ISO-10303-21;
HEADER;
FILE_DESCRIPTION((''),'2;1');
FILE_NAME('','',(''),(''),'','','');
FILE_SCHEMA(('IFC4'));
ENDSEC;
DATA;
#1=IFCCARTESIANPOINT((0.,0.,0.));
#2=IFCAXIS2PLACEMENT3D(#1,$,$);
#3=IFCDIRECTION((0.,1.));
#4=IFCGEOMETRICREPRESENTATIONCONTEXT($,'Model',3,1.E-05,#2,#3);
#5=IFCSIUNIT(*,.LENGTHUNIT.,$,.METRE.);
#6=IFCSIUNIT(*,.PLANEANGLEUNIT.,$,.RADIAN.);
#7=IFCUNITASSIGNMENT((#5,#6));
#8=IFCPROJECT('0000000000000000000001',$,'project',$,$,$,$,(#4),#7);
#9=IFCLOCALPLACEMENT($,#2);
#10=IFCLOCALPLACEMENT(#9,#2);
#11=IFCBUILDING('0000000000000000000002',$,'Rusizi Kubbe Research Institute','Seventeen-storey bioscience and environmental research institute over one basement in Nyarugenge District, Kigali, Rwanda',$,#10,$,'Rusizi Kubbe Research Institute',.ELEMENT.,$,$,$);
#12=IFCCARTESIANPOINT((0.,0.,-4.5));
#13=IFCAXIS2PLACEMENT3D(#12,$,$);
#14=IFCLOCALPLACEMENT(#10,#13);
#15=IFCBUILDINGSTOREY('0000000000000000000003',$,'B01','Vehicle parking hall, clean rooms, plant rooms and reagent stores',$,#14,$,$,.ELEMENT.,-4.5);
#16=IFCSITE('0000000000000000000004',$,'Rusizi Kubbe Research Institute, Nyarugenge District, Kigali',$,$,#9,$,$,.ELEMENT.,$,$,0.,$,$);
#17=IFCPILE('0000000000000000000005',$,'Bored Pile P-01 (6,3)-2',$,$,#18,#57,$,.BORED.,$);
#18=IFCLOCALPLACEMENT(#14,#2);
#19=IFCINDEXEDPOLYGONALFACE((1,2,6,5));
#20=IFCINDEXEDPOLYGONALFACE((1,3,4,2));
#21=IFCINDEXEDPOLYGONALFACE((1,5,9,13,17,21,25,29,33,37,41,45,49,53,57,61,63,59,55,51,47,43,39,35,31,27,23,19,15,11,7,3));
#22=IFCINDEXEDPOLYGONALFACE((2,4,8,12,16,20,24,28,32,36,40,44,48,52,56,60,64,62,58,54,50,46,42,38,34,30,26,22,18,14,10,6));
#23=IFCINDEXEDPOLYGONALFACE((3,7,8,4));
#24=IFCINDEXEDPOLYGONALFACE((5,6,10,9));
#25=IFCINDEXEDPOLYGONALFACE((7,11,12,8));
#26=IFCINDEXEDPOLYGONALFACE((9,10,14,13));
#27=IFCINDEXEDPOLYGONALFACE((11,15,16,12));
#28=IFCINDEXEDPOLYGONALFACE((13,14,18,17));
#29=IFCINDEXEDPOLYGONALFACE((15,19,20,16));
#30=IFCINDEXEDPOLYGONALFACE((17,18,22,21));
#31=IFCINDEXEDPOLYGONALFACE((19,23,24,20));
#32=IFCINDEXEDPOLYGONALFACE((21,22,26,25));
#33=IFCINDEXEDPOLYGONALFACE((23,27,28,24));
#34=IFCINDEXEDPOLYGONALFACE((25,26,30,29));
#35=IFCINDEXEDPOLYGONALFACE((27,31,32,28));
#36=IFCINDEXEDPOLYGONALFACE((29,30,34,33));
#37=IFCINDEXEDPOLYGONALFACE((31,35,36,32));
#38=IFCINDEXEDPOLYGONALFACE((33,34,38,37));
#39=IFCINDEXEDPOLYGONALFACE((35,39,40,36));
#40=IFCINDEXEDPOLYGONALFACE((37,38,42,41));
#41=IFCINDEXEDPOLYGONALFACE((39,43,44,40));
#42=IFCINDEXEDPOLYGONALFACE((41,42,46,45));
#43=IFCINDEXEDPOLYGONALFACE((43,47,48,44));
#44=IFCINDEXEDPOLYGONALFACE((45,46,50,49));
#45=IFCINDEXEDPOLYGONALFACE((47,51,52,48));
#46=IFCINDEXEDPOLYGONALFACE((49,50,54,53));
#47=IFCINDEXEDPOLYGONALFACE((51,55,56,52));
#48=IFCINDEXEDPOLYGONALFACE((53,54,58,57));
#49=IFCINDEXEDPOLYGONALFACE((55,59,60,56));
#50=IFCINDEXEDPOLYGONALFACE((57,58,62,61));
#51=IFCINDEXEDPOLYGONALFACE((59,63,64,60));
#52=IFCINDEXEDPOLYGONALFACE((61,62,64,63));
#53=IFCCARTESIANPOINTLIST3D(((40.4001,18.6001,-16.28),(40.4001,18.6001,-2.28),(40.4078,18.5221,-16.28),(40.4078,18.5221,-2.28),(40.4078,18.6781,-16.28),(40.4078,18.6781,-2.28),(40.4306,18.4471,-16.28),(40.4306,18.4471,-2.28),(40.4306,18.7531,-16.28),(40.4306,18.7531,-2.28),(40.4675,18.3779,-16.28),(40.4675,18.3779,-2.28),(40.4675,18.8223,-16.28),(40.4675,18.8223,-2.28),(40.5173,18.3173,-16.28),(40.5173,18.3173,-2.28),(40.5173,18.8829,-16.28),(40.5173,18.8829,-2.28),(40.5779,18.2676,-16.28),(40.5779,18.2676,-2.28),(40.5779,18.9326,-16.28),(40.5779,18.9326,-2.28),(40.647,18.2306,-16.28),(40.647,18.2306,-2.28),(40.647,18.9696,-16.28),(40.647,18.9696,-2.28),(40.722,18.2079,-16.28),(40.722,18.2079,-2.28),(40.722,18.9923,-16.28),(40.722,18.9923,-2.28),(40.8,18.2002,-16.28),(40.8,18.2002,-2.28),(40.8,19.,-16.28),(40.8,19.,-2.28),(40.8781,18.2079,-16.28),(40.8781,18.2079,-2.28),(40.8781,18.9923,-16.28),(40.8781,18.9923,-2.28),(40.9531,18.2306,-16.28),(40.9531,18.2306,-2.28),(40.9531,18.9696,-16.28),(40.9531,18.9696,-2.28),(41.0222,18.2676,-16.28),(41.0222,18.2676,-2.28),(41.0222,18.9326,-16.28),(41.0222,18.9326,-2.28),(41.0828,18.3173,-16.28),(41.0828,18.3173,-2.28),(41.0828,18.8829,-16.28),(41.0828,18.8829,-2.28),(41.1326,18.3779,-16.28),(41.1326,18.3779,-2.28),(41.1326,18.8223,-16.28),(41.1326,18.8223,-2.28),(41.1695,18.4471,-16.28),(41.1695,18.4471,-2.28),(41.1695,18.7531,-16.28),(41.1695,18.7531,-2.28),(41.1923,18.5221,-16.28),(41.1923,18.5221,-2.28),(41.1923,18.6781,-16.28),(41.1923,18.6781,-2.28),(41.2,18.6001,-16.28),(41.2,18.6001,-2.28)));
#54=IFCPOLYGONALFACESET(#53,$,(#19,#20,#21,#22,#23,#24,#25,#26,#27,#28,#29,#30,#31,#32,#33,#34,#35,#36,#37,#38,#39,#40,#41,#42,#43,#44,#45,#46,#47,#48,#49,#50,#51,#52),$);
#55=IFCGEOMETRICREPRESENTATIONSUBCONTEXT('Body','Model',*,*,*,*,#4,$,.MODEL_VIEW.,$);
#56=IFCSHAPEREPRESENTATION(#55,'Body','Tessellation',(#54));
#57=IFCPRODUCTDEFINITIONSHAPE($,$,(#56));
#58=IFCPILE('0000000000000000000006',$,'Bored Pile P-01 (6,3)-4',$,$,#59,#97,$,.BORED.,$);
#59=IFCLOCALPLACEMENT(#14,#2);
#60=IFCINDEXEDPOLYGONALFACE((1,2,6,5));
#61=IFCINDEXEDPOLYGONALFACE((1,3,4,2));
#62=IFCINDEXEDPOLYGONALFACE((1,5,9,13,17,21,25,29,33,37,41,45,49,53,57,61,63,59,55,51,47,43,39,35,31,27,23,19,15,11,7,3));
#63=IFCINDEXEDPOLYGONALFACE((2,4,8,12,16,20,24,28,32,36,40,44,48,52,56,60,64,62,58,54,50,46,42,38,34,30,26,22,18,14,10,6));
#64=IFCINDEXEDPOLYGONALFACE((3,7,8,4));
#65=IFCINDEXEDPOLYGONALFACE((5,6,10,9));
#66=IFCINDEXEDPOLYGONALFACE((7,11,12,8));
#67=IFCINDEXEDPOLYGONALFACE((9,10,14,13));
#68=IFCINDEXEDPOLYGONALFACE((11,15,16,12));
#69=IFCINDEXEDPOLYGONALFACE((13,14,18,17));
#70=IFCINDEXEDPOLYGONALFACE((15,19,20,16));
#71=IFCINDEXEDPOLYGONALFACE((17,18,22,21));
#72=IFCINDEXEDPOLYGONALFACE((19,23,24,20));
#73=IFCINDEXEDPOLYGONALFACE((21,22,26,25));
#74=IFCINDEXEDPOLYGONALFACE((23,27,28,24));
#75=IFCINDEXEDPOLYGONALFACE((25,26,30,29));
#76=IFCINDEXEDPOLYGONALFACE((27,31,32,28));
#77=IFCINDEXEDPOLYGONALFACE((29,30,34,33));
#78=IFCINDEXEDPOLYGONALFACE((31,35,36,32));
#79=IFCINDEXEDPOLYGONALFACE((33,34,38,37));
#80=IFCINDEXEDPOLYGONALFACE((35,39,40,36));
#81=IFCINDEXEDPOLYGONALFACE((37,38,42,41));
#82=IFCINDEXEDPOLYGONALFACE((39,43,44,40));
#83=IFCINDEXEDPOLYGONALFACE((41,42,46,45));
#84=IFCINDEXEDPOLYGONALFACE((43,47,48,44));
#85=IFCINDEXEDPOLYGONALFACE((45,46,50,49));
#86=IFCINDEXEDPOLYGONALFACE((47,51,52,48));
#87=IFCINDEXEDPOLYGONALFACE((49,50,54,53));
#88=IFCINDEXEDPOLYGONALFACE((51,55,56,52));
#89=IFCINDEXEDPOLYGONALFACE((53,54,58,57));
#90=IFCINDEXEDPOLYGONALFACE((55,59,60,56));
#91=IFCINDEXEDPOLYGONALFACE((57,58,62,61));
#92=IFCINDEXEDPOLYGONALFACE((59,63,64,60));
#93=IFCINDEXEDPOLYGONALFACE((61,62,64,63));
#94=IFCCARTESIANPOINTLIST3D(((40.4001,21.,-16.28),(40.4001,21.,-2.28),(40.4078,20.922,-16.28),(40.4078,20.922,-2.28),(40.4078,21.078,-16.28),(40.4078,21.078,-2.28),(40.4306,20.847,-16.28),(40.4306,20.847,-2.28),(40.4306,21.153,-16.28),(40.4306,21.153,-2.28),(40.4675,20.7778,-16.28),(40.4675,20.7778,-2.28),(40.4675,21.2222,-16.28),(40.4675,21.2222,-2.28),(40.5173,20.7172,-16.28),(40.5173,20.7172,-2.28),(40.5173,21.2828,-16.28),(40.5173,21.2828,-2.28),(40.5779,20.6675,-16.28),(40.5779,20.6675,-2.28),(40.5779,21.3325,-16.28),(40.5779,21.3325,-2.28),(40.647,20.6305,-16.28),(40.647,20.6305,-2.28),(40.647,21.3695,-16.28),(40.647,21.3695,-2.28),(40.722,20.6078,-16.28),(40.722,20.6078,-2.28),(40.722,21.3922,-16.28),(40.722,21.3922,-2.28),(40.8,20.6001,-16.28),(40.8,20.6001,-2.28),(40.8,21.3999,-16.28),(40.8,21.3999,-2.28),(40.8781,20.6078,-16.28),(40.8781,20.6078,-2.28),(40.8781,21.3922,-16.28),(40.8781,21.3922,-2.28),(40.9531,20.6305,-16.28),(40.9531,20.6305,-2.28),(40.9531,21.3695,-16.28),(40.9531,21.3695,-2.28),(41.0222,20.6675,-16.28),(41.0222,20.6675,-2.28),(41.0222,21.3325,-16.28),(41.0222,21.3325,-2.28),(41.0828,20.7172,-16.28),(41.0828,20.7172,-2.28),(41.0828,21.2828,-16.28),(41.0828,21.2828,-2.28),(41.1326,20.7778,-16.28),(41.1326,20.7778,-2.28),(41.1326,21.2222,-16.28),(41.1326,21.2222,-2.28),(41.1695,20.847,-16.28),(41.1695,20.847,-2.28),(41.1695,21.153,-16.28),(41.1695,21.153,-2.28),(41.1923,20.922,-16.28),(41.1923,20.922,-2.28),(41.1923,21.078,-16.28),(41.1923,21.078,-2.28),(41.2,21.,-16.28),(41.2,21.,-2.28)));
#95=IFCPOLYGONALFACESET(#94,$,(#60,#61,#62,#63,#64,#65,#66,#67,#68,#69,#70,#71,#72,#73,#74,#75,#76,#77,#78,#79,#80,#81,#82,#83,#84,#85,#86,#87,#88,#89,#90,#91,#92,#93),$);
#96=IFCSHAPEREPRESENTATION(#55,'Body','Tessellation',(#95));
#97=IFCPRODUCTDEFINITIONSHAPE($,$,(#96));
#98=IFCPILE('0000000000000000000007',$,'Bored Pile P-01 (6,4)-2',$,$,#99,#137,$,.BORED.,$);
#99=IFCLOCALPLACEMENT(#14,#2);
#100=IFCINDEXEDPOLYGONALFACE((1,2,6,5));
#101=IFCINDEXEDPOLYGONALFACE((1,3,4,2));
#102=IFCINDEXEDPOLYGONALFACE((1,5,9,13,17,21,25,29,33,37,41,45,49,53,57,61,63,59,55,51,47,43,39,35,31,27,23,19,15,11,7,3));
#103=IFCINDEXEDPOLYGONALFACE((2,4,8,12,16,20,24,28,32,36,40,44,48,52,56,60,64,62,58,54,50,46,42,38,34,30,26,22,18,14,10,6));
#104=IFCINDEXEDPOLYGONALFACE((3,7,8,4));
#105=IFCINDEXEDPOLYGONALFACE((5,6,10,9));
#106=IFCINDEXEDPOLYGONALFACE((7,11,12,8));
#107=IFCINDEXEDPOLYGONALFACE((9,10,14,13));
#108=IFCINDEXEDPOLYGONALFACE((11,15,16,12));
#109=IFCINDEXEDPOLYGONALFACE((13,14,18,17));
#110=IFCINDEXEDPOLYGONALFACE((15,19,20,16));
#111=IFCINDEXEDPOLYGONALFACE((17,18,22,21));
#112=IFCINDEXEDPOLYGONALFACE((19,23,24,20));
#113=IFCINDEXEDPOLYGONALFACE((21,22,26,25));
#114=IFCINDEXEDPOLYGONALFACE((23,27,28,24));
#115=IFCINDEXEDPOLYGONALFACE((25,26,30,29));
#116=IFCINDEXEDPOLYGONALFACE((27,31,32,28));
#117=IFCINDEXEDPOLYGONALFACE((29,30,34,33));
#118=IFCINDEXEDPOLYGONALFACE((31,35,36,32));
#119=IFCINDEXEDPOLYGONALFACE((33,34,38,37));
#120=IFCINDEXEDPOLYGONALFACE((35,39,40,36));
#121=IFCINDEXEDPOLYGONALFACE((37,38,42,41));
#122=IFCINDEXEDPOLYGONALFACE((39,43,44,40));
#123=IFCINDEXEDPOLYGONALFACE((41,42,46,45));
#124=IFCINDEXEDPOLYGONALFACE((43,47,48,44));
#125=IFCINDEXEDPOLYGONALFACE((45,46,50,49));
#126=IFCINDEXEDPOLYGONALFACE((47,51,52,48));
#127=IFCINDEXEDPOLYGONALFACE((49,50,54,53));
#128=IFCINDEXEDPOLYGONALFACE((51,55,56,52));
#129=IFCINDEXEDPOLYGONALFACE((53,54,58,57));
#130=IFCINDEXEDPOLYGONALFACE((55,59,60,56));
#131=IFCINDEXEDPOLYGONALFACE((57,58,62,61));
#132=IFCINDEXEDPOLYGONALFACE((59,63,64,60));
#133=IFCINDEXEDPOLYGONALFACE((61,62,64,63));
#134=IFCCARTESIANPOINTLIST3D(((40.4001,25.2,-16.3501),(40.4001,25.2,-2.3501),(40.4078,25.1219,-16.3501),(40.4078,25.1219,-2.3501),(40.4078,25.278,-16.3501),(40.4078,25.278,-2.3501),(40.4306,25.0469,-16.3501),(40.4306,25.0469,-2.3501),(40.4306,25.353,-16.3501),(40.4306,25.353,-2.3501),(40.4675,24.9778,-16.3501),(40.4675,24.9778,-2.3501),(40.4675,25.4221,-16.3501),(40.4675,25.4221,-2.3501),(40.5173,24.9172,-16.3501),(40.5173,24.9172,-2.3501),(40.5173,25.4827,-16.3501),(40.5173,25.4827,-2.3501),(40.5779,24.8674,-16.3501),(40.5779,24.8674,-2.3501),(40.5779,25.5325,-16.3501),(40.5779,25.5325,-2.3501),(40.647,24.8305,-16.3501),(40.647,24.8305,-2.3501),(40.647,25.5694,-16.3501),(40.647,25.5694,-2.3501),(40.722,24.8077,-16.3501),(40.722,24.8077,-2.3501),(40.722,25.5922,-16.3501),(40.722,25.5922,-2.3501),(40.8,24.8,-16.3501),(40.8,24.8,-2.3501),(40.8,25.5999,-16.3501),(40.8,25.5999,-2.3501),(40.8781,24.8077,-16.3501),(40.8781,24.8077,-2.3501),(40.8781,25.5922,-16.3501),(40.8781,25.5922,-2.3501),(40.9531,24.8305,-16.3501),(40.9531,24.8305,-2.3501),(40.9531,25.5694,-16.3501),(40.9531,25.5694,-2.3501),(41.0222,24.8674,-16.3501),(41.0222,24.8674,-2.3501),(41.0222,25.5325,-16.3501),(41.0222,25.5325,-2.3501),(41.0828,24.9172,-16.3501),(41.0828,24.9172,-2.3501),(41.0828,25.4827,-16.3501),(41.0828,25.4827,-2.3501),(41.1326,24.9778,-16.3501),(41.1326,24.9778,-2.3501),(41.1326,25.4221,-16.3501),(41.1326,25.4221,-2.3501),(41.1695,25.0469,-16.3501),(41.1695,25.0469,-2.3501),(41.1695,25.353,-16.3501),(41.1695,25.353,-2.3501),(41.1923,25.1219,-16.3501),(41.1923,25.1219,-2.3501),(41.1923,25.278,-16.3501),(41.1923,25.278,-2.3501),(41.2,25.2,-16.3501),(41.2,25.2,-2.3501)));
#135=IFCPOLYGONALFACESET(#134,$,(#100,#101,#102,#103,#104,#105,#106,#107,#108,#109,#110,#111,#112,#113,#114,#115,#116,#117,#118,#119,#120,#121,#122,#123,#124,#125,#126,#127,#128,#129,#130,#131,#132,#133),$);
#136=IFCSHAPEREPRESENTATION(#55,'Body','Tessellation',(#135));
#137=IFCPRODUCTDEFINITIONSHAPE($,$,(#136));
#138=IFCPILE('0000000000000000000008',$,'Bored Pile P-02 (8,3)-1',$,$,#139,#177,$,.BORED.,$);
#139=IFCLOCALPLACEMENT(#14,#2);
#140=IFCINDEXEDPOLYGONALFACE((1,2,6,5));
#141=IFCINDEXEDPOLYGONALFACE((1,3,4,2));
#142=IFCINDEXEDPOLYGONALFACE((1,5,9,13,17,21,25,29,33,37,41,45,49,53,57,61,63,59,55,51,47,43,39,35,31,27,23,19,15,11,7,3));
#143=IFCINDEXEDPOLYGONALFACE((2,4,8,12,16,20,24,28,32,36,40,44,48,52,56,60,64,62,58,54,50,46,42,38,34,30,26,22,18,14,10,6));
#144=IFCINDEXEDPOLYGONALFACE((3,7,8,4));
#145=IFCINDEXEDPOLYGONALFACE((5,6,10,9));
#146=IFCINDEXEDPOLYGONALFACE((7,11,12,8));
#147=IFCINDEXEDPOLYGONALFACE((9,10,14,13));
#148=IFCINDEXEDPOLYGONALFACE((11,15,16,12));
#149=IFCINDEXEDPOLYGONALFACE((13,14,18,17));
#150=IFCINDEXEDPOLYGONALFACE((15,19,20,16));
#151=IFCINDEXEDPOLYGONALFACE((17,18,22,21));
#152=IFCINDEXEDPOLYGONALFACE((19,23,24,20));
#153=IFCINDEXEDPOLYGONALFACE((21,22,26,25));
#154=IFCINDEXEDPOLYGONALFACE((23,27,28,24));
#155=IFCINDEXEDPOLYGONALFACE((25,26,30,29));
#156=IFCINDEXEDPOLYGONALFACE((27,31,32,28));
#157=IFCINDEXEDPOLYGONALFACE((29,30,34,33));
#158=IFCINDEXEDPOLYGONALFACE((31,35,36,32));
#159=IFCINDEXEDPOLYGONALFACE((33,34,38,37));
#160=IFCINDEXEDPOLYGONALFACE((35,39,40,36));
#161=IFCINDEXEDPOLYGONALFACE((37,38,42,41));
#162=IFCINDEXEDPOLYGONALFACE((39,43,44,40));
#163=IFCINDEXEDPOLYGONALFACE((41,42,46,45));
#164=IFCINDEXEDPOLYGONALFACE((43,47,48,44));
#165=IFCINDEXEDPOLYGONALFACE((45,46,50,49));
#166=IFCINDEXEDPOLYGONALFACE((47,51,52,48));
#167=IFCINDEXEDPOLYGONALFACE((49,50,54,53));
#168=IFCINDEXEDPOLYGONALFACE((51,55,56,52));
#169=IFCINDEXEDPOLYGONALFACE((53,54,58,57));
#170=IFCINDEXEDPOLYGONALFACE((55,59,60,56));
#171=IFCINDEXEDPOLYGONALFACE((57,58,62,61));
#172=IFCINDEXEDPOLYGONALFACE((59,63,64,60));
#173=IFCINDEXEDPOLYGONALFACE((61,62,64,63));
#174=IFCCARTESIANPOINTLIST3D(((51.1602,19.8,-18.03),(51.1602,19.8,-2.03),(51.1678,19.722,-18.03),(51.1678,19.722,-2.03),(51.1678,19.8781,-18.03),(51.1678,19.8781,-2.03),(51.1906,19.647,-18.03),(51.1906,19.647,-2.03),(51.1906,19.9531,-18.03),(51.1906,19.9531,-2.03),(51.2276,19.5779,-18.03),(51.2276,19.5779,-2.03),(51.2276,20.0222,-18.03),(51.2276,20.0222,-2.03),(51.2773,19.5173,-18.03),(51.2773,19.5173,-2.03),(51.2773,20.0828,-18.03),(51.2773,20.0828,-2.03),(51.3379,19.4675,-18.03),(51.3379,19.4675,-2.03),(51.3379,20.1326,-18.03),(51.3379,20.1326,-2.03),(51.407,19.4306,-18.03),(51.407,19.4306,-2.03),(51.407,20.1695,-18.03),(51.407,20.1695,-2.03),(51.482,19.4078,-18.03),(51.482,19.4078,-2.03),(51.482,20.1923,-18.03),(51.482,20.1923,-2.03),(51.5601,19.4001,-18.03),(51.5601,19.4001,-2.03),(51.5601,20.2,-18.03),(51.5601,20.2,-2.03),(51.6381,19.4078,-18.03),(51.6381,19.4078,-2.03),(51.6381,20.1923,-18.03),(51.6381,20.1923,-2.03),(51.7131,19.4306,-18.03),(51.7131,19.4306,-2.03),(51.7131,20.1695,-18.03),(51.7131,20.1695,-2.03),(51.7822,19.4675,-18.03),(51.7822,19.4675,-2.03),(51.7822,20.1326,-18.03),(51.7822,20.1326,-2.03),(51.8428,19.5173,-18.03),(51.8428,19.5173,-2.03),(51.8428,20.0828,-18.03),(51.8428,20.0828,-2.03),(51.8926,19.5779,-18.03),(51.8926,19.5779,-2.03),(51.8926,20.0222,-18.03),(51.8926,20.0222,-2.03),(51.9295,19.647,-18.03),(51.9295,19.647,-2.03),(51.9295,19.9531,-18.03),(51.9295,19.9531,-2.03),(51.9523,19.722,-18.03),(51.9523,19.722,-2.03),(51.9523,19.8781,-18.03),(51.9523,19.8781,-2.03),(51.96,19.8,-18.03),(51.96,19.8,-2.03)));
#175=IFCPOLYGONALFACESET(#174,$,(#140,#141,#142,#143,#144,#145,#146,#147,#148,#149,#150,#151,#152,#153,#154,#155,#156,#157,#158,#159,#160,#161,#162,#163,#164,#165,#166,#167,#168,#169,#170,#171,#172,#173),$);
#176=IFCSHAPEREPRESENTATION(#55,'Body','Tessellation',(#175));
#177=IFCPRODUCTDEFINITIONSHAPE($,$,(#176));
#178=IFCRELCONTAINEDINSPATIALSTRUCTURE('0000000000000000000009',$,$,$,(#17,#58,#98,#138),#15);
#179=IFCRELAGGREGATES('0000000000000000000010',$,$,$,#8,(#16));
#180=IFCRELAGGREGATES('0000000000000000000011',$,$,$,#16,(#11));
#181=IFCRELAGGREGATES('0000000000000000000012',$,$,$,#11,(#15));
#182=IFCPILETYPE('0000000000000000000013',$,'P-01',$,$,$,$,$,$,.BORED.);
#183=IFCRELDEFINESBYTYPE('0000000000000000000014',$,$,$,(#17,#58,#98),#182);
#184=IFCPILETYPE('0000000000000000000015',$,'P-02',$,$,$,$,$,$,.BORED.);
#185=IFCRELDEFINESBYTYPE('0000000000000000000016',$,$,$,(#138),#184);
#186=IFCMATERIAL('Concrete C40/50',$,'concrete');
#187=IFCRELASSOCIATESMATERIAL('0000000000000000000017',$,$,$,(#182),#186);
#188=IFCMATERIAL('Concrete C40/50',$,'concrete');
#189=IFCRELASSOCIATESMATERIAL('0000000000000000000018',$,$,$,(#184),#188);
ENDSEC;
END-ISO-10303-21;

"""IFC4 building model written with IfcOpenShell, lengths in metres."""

from ifc_helpers import new_model, si_unit, direction, frame, origin, origin_2d, place, context, subcontext, project, spatial, circle, extrude, material, material_profile, profile_set, type_object, element, save


model = new_model("IFC4")

# Units and contexts
model_context = context("Model", 3, precision=1e-05, world=origin(), true_north=direction((0.0, 1.0)))
body_context = subcontext(model_context, "Body", "Model", "MODEL_VIEW")
ifc_project = project(units=[si_unit("LENGTHUNIT", "METRE"), si_unit("PLANEANGLEUNIT", "RADIAN")], contexts=[model_context])

# Site, building, storey
site_placement = place(None, origin())
site = spatial("IfcSite", under=ifc_project, at=site_placement, Name="Rusizi Kubbe Research Institute, Nyarugenge District, Kigali", CompositionType="ELEMENT", RefElevation=0.0)
building_placement = place(site_placement, origin())
building = spatial("IfcBuilding", under=site, at=building_placement, Name="Rusizi Kubbe Research Institute", Description="Seventeen-storey bioscience and environmental research institute over one basement in Nyarugenge District, Kigali, Rwanda", LongName="Rusizi Kubbe Research Institute", CompositionType="ELEMENT")
storey_placement = place(building_placement, frame((0.0, 0.0, -4.5)))
storey = spatial("IfcBuildingStorey", under=building, at=storey_placement, Name="B01", Description="Vehicle parking hall, clean rooms, plant rooms and reagent stores", CompositionType="ELEMENT", Elevation=-4.5)

# Piles
ifc_material_1 = material(Name="Concrete C40/50", Category="concrete")
ifc_material_profile_1 = material_profile(ifc_material_1, circle(Radius=0.3999, at=origin_2d()), Name="PILE-D800")
ifc_profile_set_1 = profile_set([ifc_material_profile_1], Name="Concrete C40/50")
pile_type_1 = type_object("IfcPileType", Name="P-01", PredefinedType="BORED", material=ifc_profile_set_1)
for number, where, z_axis, x_axis, name in (
    (1, (40.8, 18.6001, -2.28), (0.0, 0.0, -1.0), (1.0, 0.0, 0.0), "Bored Pile P-01 (6,3)-2"),
    (2, (40.8, 21.0, -2.28), (0.0, 0.0, -1.0), (1.0, 0.0, 0.0), "Bored Pile P-01 (6,3)-4"),
    (3, (40.8, 25.2, -2.3501), (0.0, 0.0, -1.0), (1.0, 0.0, 0.0), "Bored Pile P-01 (6,4)-2"),
):
    element("IfcPile", number, at=place(storey_placement, frame(where, z_axis=z_axis, x_axis=x_axis)), inside=storey, type_object=pile_type_1, Name=name, PredefinedType="BORED", context=body_context, shape_type="SweptSolid", body=[
        extrude(circle(Radius=0.3999, at=origin_2d()), origin(), (0.0, 0.0, 1.0), 14.0),
    ])
ifc_material_2 = material(Name="Concrete C40/50", Category="concrete")
ifc_material_profile_2 = material_profile(ifc_material_2, circle(Radius=0.3999, at=origin_2d()), Name="PILE-D800")
ifc_profile_set_2 = profile_set([ifc_material_profile_2], Name="Concrete C40/50")
pile_type_2 = type_object("IfcPileType", Name="P-02", PredefinedType="BORED", material=ifc_profile_set_2)
for number, where, z_axis, x_axis, name in (
    (4, (51.5601, 19.8, -2.03), (0.0, 0.0, -1.0), (1.0, 0.0, 0.0), "Bored Pile P-02 (8,3)-1"),
):
    element("IfcPile", number, at=place(storey_placement, frame(where, z_axis=z_axis, x_axis=x_axis)), inside=storey, type_object=pile_type_2, Name=name, PredefinedType="BORED", context=body_context, shape_type="SweptSolid", body=[
        extrude(circle(Radius=0.3999, at=origin_2d()), origin(), (0.0, 0.0, 1.0), 16.0),
    ])

save(model, "model.ifc")
